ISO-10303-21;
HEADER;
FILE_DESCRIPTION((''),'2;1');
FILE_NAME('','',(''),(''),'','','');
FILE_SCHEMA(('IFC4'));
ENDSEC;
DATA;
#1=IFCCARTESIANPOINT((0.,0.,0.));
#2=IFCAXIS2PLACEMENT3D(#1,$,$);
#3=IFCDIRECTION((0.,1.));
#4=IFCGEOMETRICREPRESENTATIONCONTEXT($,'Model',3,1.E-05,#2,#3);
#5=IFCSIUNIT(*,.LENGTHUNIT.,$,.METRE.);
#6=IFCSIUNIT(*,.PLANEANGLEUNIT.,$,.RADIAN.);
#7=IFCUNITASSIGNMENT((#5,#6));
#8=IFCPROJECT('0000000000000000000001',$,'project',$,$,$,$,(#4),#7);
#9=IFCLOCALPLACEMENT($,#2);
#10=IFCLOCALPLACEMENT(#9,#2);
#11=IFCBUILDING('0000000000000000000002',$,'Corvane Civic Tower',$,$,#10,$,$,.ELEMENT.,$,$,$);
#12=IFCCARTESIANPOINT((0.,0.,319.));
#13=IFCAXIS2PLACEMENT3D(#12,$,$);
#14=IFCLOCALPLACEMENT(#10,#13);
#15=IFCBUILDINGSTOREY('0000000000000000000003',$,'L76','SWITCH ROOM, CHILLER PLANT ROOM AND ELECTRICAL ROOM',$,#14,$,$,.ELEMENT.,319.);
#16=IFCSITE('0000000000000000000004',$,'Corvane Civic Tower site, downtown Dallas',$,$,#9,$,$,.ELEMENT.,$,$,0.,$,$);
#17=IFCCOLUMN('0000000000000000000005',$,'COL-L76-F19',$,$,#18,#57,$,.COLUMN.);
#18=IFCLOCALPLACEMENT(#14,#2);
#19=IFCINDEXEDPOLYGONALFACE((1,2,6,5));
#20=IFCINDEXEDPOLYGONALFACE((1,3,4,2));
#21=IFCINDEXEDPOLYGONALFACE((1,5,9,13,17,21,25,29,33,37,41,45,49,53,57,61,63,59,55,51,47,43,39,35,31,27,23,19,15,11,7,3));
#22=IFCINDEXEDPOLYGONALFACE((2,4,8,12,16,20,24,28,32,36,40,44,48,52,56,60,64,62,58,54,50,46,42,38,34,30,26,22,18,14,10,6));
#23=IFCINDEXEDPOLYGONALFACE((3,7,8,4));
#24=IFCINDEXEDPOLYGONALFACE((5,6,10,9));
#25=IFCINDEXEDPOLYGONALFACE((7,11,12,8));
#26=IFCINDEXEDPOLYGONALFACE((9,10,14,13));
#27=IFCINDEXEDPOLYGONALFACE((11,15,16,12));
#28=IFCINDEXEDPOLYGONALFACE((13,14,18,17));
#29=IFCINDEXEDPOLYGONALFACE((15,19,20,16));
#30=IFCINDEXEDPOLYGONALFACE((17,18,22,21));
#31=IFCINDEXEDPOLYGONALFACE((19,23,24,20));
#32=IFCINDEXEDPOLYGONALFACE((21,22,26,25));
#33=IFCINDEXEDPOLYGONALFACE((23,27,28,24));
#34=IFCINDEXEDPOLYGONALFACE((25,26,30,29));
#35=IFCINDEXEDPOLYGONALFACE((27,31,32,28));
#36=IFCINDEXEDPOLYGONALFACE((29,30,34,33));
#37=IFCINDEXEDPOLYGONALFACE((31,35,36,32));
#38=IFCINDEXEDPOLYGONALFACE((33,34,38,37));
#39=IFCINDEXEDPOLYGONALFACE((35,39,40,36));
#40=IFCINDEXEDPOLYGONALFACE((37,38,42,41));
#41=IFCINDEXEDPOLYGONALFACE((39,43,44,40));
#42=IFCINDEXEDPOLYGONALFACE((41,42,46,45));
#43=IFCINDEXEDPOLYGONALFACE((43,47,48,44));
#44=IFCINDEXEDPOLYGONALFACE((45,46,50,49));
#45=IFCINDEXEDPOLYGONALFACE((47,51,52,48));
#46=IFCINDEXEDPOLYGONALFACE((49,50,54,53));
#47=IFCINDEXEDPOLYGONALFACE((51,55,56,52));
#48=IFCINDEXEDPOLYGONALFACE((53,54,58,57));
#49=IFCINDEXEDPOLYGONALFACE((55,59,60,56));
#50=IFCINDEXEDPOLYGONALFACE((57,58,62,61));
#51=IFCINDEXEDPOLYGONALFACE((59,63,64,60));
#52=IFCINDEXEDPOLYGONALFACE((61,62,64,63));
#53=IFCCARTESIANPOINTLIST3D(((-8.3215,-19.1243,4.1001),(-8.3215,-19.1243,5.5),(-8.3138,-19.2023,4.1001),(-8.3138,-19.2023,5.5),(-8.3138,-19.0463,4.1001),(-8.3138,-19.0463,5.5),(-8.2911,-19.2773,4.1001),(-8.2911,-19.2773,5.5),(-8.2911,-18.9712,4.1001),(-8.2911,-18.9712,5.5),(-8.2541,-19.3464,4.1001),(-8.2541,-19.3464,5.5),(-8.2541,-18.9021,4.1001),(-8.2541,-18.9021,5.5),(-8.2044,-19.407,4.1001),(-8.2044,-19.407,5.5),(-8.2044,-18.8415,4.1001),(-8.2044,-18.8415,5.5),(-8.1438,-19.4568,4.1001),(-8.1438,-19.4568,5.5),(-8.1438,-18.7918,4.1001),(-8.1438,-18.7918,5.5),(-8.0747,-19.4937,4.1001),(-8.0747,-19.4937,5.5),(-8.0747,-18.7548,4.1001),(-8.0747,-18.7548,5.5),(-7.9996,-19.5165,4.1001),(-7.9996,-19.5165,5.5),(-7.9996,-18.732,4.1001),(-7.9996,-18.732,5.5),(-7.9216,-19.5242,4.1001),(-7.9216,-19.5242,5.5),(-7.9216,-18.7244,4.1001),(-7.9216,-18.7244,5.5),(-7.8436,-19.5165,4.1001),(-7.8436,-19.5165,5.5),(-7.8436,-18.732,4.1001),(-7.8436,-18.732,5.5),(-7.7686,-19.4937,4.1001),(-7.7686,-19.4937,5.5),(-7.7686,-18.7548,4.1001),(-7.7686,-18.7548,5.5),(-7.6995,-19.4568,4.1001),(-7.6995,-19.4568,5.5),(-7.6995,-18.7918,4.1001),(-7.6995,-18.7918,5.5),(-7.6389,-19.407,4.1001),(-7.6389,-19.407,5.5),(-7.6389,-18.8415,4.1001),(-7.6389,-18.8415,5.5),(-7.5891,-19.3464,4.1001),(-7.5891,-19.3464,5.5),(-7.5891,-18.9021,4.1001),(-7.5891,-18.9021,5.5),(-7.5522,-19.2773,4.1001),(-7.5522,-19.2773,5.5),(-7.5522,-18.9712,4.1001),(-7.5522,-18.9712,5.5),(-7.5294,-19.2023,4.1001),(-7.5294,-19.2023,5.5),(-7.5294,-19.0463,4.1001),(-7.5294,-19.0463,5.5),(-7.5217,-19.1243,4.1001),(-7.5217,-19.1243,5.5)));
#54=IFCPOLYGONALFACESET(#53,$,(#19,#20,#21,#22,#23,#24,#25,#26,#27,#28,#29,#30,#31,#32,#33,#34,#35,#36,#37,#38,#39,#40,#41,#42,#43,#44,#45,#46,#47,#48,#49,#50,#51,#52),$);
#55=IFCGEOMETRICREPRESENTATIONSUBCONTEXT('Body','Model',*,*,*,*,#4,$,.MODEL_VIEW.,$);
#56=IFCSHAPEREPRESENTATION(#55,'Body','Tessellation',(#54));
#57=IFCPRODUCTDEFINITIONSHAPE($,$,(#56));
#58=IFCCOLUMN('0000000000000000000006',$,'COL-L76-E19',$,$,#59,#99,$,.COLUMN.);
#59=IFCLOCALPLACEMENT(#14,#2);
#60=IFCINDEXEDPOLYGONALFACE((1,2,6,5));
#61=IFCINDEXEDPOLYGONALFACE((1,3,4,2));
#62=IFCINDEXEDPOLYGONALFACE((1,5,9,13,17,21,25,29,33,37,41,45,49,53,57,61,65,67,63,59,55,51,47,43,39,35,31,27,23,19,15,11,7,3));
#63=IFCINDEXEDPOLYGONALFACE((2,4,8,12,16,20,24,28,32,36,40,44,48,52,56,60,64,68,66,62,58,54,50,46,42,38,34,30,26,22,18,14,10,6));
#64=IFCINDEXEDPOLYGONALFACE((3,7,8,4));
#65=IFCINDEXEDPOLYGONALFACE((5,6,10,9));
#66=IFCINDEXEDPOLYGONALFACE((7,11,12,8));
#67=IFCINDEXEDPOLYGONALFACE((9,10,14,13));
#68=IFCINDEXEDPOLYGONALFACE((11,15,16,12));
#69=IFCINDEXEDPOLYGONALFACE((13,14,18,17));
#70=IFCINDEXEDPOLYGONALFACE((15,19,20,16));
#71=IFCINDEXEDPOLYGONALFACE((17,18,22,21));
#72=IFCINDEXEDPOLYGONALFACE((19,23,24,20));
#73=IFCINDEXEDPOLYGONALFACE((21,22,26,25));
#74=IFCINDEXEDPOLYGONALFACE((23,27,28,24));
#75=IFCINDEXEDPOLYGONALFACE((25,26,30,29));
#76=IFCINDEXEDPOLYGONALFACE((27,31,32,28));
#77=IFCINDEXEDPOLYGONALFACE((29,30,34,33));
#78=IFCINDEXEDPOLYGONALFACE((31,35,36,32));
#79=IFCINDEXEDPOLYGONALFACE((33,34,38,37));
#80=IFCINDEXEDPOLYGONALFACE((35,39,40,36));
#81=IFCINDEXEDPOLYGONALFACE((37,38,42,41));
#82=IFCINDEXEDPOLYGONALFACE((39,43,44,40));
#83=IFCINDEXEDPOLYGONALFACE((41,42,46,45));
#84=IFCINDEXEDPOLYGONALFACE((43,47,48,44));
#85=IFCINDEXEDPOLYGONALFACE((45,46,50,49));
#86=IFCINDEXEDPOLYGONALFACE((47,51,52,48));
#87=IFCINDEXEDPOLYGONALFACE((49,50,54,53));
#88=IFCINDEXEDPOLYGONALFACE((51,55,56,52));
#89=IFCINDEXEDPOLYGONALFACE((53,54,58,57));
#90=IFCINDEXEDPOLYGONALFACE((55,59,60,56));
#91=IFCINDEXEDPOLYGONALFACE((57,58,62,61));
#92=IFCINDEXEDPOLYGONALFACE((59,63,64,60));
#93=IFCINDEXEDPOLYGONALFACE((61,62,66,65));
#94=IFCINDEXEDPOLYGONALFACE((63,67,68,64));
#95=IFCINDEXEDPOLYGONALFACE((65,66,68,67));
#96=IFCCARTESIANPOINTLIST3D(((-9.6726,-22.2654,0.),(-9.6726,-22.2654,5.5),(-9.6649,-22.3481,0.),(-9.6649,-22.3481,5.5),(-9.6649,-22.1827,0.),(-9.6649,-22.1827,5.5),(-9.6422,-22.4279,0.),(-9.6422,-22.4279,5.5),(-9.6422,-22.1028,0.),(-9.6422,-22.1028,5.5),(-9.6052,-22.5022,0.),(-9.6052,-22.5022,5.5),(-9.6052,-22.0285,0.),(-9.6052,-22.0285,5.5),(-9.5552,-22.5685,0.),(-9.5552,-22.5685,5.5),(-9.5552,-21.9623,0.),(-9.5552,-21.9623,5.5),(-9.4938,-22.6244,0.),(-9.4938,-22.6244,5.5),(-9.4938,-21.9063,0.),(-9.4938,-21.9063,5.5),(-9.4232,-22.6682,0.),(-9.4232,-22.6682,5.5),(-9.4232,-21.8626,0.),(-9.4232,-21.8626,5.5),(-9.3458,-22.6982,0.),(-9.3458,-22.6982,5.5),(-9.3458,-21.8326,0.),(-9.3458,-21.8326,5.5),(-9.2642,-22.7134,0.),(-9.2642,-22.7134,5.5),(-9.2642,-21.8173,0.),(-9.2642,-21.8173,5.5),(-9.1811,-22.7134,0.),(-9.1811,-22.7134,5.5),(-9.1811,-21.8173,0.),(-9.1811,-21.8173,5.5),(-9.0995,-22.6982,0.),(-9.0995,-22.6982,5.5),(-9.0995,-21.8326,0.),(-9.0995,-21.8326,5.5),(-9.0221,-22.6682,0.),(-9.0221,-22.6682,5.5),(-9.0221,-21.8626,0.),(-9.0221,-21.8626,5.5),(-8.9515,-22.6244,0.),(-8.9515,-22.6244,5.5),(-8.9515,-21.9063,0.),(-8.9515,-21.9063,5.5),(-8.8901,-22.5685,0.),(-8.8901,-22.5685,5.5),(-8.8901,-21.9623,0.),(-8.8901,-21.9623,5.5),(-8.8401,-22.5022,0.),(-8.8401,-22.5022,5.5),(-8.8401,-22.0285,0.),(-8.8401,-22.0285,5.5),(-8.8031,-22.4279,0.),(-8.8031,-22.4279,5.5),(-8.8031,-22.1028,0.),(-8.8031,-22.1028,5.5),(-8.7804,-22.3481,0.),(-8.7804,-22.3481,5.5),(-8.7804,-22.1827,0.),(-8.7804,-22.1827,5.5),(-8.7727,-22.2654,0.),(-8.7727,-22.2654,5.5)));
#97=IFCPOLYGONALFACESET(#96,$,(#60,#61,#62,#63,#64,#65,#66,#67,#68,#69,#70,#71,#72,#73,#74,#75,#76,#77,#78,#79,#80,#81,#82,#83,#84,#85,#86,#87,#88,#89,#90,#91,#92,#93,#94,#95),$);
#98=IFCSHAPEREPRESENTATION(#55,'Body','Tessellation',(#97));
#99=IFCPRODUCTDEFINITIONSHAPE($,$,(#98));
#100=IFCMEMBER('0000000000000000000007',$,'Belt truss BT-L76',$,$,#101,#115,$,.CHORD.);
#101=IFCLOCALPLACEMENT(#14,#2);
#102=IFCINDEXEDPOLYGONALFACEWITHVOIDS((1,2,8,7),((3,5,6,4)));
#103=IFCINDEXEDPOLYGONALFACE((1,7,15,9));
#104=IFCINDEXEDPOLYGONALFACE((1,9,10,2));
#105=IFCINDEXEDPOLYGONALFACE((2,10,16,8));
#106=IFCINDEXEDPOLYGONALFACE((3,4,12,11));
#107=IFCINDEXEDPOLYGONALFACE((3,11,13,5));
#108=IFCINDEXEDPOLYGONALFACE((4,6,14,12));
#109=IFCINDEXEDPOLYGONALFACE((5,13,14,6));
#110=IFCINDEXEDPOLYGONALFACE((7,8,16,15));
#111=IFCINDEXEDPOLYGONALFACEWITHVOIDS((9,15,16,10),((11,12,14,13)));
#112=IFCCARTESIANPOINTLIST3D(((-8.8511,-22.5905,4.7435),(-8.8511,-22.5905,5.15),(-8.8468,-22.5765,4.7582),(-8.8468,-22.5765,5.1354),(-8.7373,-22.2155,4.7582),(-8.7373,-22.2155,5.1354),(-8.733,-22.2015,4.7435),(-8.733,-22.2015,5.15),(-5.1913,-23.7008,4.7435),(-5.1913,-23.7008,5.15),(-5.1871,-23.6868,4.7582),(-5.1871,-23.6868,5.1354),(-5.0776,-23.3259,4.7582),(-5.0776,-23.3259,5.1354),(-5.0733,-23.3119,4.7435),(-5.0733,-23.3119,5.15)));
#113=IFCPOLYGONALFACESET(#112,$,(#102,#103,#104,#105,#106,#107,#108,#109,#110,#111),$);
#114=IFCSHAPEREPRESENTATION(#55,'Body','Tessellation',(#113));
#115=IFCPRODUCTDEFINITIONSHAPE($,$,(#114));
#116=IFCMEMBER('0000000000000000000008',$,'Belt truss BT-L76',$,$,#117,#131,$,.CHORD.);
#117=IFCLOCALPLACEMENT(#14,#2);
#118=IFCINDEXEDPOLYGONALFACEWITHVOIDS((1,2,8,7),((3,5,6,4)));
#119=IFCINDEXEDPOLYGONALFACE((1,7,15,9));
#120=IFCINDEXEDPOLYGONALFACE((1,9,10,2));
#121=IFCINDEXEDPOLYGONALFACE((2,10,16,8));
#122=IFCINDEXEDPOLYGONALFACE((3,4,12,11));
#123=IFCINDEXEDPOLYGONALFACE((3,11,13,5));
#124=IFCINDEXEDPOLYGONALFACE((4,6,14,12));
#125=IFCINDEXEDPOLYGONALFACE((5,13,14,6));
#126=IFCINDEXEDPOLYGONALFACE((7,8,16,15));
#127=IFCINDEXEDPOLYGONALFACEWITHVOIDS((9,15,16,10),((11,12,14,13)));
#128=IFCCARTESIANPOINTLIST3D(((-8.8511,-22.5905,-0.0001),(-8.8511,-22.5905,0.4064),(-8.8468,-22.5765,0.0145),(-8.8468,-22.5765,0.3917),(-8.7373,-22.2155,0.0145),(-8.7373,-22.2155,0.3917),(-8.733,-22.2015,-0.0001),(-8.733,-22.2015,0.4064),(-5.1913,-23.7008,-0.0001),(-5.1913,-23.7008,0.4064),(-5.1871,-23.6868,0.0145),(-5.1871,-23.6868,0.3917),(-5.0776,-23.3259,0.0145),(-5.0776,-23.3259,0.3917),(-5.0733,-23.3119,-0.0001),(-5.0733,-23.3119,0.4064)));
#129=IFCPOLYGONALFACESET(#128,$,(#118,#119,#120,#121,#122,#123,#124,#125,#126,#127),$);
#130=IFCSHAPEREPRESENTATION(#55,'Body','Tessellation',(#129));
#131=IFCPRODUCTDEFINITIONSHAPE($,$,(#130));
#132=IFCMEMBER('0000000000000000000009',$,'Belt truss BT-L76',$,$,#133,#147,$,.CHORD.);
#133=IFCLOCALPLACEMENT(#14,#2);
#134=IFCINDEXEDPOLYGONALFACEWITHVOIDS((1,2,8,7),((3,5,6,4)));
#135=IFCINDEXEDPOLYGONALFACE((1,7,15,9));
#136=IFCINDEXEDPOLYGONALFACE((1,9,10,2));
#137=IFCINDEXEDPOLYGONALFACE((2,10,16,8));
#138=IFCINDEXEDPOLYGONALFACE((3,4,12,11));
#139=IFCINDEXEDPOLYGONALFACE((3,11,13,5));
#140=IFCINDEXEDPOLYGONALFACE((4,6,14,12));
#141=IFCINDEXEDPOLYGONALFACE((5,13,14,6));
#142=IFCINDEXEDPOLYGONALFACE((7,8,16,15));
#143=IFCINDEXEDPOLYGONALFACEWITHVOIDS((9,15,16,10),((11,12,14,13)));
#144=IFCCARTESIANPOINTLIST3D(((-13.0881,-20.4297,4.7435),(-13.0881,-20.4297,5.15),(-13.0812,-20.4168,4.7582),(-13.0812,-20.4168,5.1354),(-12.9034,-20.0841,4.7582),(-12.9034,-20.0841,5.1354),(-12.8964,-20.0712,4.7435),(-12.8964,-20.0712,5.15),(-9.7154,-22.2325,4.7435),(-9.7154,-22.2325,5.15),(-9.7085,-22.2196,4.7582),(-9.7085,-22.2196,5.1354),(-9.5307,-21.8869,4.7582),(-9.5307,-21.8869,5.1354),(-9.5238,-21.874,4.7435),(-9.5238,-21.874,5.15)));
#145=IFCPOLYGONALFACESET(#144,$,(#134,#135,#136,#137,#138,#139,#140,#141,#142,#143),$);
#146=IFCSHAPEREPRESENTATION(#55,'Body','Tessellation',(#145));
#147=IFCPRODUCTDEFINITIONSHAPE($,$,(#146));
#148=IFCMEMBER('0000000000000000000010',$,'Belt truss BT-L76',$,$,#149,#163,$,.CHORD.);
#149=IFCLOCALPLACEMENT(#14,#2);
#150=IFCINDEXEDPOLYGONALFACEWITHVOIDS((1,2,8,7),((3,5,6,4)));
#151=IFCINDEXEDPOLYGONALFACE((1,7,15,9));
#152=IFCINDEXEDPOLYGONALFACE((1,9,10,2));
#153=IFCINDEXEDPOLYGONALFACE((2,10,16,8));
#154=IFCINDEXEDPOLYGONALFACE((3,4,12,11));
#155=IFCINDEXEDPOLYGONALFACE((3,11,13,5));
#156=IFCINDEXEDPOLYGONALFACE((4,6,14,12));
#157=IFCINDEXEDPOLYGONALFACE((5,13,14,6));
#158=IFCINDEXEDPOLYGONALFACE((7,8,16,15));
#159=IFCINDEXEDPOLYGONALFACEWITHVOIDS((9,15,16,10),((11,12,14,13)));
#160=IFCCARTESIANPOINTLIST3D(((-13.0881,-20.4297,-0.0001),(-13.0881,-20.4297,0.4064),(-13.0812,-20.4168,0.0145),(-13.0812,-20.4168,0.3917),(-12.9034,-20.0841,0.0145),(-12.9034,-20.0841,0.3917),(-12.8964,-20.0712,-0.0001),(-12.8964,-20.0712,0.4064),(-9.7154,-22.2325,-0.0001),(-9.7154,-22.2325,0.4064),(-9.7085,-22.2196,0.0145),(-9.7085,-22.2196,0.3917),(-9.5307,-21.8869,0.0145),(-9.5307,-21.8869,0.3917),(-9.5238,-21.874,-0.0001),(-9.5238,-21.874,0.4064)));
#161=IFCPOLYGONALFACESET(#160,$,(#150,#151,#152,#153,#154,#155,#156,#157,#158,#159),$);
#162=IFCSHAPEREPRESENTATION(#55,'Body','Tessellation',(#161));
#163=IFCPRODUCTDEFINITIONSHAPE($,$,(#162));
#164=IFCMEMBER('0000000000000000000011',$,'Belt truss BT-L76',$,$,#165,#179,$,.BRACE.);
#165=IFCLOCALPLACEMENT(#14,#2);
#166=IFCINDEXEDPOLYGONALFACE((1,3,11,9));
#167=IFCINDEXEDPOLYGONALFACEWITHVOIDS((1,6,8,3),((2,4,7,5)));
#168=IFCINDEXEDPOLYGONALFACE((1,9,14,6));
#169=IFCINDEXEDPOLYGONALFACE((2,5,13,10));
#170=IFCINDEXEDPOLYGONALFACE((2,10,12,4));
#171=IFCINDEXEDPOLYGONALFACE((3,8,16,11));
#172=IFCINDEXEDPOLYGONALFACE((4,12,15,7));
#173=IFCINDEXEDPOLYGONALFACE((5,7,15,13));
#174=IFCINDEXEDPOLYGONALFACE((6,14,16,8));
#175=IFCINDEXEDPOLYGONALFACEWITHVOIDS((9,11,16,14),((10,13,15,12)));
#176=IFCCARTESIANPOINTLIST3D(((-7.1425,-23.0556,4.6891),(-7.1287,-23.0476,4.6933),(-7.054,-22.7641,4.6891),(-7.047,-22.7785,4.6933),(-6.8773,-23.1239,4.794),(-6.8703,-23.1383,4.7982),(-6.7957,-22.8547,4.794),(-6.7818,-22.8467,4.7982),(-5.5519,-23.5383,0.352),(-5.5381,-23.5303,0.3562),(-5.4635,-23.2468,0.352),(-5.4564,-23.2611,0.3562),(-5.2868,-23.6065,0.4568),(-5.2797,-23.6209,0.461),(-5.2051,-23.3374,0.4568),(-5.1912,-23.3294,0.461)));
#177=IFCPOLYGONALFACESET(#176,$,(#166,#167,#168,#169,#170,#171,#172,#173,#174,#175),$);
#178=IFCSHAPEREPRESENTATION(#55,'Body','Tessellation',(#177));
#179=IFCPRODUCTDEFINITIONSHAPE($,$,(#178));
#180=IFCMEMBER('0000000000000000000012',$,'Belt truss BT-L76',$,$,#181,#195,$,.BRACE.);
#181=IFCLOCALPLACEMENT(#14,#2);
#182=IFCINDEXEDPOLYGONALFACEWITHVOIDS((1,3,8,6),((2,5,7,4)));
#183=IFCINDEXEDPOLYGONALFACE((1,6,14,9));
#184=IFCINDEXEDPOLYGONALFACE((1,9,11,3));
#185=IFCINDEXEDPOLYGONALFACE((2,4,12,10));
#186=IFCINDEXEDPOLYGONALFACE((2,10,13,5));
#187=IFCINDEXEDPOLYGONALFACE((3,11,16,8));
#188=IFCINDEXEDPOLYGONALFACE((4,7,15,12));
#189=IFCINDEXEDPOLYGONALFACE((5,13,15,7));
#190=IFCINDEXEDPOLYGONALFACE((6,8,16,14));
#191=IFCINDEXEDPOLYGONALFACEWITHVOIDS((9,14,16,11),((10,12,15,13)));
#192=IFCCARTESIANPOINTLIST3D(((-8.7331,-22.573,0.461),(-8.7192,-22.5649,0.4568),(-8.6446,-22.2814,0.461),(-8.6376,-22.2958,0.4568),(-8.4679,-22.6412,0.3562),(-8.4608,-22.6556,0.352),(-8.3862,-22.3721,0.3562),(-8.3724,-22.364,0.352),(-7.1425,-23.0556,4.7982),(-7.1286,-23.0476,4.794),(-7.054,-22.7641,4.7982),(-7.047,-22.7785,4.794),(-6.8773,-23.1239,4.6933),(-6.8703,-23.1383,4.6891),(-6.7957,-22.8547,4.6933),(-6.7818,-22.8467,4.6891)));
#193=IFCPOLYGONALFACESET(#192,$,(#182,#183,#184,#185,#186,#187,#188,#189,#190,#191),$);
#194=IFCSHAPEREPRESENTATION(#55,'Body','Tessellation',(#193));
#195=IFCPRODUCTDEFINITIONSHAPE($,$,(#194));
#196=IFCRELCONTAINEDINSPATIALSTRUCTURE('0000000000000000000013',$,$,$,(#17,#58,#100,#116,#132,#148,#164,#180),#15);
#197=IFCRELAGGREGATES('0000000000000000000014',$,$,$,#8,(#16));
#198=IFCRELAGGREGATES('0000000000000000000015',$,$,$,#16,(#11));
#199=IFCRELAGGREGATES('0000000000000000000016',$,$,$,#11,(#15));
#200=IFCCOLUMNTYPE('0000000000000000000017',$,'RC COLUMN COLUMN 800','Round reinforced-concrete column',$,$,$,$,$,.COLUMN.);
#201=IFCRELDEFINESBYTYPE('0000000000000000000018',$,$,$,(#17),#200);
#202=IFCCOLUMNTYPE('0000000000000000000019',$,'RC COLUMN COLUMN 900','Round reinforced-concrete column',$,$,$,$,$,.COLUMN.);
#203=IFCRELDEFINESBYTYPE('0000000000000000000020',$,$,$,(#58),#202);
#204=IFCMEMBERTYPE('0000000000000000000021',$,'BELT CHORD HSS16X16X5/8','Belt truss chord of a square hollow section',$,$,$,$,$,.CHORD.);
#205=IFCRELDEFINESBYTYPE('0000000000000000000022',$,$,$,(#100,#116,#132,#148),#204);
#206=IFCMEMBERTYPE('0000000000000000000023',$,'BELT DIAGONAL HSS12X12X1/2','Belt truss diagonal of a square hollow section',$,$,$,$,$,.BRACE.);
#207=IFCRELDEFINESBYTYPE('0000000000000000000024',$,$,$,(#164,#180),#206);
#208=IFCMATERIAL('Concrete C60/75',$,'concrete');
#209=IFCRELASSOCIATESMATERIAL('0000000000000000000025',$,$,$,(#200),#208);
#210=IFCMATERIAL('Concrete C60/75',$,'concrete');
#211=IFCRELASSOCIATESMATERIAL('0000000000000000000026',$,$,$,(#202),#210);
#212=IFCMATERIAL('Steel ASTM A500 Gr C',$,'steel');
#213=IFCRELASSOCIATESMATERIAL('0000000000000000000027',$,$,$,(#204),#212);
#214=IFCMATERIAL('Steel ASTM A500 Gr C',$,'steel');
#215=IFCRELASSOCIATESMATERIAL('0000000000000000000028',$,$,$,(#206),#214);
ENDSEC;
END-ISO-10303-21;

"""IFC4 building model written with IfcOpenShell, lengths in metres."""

from ifc_helpers import new_model, si_unit, direction, frame, origin, origin_2d, place, context, subcontext, project, spatial, hollow_rectangle, circle, extrude, material, material_profile, profile_set, type_object, element, save


model = new_model("IFC4")

# Units and contexts
model_context = context("Model", 3, precision=1e-05, world=origin(), true_north=direction((0.0, 1.0)))
body_context = subcontext(model_context, "Body", "Model", "MODEL_VIEW")
ifc_project = project(units=[si_unit("LENGTHUNIT", "METRE"), si_unit("PLANEANGLEUNIT", "RADIAN")], contexts=[model_context])

# Site, building, storey
site_placement = place(None, origin())
site = spatial("IfcSite", under=ifc_project, at=site_placement, Name="Corvane Civic Tower site, downtown Dallas", CompositionType="ELEMENT", RefElevation=0.0)
building_placement = place(site_placement, origin())
building = spatial("IfcBuilding", under=site, at=building_placement, Name="Corvane Civic Tower", CompositionType="ELEMENT")
storey_placement = place(building_placement, frame((0.0, 0.0, 319.0)))
storey = spatial("IfcBuildingStorey", under=building, at=storey_placement, Name="L76", Description="SWITCH ROOM, CHILLER PLANT ROOM AND ELECTRICAL ROOM", CompositionType="ELEMENT", Elevation=319.0)

# Columns
ifc_material_1 = material(Name="Concrete C60/75", Category="concrete")
ifc_material_profile_1 = material_profile(ifc_material_1, circle(Radius=0.3999, at=origin_2d()), Name="COLUMN 800")
ifc_profile_set_1 = profile_set([ifc_material_profile_1], Name="Concrete C60/75")
column_type_1 = type_object("IfcColumnType", Name="RC COLUMN COLUMN 800", Description="Round reinforced-concrete column", PredefinedType="COLUMN", material=ifc_profile_set_1)
column_1_placement = place(storey_placement, frame((-7.9216, -19.1243, 4.1001), z_axis=(0.0, 0.0, 1.0), x_axis=(1.0, 0.0, 0.0)))
element("IfcColumn", 1, at=column_1_placement, inside=storey, type_object=column_type_1, Name="COL-L76-F19", PredefinedType="COLUMN", context=body_context, shape_type="SweptSolid", body=[
    extrude(circle(Radius=0.3999, at=origin_2d()), origin(), (0.0, 0.0, 1.0), 1.3999),
])
ifc_material_2 = material(Name="Concrete C60/75", Category="concrete")
ifc_material_profile_2 = material_profile(ifc_material_2, circle(Radius=0.45, at=origin_2d()), Name="COLUMN 900")
ifc_profile_set_2 = profile_set([ifc_material_profile_2], Name="Concrete C60/75")
column_type_2 = type_object("IfcColumnType", Name="RC COLUMN COLUMN 900", Description="Round reinforced-concrete column", PredefinedType="COLUMN", material=ifc_profile_set_2)
column_2_placement = place(storey_placement, frame((-9.2227, -22.2654, 0.0), z_axis=(0.0, 0.0, 1.0), x_axis=(1.0, 0.0, 0.0)))
element("IfcColumn", 2, at=column_2_placement, inside=storey, type_object=column_type_2, Name="COL-L76-E19", PredefinedType="COLUMN", context=body_context, shape_type="SweptSolid", body=[
    extrude(circle(Radius=0.45, at=origin_2d()), origin(), (0.0, 0.0, 1.0), 5.5),
])

# Members
ifc_material_3 = material(Name="Steel ASTM A500 Gr C", Category="steel")
ifc_material_profile_3 = material_profile(ifc_material_3, hollow_rectangle(XDim=0.4065, YDim=0.4065, WallThickness=0.0146, at=origin_2d()), Name="HSS16X16X5/8")
ifc_profile_set_3 = profile_set([ifc_material_profile_3], Name="Steel ASTM A500 Gr C")
member_type_1 = type_object("IfcMemberType", Name="BELT CHORD HSS16X16X5/8", Description="Belt truss chord of a square hollow section", PredefinedType="CHORD", material=ifc_profile_set_3)
for number, where, z_axis, x_axis, name in (
    (3, (-5.1323, -23.5063, 4.9468), (-0.956926, 0.290333, 0.0), (-0.290333, -0.956926, 0.0), "Belt truss BT-L76"),
    (4, (-5.1323, -23.5063, 0.2031), (-0.956926, 0.290333, 0.0), (-0.290333, -0.956926, 0.0), "Belt truss BT-L76"),
):
    element("IfcMember", number, at=place(storey_placement, frame(where, z_axis=z_axis, x_axis=x_axis)), inside=storey, type_object=member_type_1, Name=name, PredefinedType="CHORD", context=body_context, shape_type="SweptSolid", body=[
        extrude(hollow_rectangle(XDim=0.4065, YDim=0.4065, WallThickness=0.0146, at=origin_2d()), origin(), (0.0, 0.0, 1.0), 3.8245),
    ])
for number, where, z_axis, x_axis, name in (
    (5, (-9.6196, -22.0532, 4.9468), (-0.881914, 0.47141, 0.0), (-0.47141, -0.881914, 0.0), "Belt truss BT-L76"),
    (6, (-9.6196, -22.0532, 0.2031), (-0.881914, 0.47141, 0.0), (-0.47141, -0.881914, 0.0), "Belt truss BT-L76"),
):
    element("IfcMember", number, at=place(storey_placement, frame(where, z_axis=z_axis, x_axis=x_axis)), inside=storey, type_object=member_type_1, Name=name, PredefinedType="CHORD", context=body_context, shape_type="SweptSolid", body=[
        extrude(hollow_rectangle(XDim=0.4065, YDim=0.4065, WallThickness=0.0146, at=origin_2d()), origin(), (0.0, 0.0, 1.0), 3.8242),
    ])
ifc_material_4 = material(Name="Steel ASTM A500 Gr C", Category="steel")
ifc_material_profile_4 = material_profile(ifc_material_4, hollow_rectangle(XDim=0.3047, YDim=0.3047, WallThickness=0.0117, at=origin_2d()), Name="HSS12X12X1/2")
ifc_profile_set_4 = profile_set([ifc_material_profile_4], Name="Steel ASTM A500 Gr C")
member_type_2 = type_object("IfcMemberType", Name="BELT DIAGONAL HSS12X12X1/2", Description="Belt truss diagonal of a square hollow section", PredefinedType="BRACE", material=ifc_profile_set_4)
for number, where, z_axis, x_axis, name in (
    (7, (-5.3716, -23.4338, 0.4065), (-0.342445, 0.103916, 0.933773), (-0.290378, -0.956912, 0.0), "Belt truss BT-L76"),
    (8, (-8.5527, -22.4685, 0.4065), (0.342445, -0.103916, 0.933773), (0.290378, 0.956912, 0.0), "Belt truss BT-L76"),
):
    element("IfcMember", number, at=place(storey_placement, frame(where, z_axis=z_axis, x_axis=x_axis)), inside=storey, type_object=member_type_2, Name=name, PredefinedType="BRACE", context=body_context, shape_type="SweptSolid", body=[
        extrude(hollow_rectangle(XDim=0.3047, YDim=0.3047, WallThickness=0.0117, at=origin_2d()), origin(), (0.0, 0.0, 1.0), 4.6448),
    ])

save(model, "model.ifc")
